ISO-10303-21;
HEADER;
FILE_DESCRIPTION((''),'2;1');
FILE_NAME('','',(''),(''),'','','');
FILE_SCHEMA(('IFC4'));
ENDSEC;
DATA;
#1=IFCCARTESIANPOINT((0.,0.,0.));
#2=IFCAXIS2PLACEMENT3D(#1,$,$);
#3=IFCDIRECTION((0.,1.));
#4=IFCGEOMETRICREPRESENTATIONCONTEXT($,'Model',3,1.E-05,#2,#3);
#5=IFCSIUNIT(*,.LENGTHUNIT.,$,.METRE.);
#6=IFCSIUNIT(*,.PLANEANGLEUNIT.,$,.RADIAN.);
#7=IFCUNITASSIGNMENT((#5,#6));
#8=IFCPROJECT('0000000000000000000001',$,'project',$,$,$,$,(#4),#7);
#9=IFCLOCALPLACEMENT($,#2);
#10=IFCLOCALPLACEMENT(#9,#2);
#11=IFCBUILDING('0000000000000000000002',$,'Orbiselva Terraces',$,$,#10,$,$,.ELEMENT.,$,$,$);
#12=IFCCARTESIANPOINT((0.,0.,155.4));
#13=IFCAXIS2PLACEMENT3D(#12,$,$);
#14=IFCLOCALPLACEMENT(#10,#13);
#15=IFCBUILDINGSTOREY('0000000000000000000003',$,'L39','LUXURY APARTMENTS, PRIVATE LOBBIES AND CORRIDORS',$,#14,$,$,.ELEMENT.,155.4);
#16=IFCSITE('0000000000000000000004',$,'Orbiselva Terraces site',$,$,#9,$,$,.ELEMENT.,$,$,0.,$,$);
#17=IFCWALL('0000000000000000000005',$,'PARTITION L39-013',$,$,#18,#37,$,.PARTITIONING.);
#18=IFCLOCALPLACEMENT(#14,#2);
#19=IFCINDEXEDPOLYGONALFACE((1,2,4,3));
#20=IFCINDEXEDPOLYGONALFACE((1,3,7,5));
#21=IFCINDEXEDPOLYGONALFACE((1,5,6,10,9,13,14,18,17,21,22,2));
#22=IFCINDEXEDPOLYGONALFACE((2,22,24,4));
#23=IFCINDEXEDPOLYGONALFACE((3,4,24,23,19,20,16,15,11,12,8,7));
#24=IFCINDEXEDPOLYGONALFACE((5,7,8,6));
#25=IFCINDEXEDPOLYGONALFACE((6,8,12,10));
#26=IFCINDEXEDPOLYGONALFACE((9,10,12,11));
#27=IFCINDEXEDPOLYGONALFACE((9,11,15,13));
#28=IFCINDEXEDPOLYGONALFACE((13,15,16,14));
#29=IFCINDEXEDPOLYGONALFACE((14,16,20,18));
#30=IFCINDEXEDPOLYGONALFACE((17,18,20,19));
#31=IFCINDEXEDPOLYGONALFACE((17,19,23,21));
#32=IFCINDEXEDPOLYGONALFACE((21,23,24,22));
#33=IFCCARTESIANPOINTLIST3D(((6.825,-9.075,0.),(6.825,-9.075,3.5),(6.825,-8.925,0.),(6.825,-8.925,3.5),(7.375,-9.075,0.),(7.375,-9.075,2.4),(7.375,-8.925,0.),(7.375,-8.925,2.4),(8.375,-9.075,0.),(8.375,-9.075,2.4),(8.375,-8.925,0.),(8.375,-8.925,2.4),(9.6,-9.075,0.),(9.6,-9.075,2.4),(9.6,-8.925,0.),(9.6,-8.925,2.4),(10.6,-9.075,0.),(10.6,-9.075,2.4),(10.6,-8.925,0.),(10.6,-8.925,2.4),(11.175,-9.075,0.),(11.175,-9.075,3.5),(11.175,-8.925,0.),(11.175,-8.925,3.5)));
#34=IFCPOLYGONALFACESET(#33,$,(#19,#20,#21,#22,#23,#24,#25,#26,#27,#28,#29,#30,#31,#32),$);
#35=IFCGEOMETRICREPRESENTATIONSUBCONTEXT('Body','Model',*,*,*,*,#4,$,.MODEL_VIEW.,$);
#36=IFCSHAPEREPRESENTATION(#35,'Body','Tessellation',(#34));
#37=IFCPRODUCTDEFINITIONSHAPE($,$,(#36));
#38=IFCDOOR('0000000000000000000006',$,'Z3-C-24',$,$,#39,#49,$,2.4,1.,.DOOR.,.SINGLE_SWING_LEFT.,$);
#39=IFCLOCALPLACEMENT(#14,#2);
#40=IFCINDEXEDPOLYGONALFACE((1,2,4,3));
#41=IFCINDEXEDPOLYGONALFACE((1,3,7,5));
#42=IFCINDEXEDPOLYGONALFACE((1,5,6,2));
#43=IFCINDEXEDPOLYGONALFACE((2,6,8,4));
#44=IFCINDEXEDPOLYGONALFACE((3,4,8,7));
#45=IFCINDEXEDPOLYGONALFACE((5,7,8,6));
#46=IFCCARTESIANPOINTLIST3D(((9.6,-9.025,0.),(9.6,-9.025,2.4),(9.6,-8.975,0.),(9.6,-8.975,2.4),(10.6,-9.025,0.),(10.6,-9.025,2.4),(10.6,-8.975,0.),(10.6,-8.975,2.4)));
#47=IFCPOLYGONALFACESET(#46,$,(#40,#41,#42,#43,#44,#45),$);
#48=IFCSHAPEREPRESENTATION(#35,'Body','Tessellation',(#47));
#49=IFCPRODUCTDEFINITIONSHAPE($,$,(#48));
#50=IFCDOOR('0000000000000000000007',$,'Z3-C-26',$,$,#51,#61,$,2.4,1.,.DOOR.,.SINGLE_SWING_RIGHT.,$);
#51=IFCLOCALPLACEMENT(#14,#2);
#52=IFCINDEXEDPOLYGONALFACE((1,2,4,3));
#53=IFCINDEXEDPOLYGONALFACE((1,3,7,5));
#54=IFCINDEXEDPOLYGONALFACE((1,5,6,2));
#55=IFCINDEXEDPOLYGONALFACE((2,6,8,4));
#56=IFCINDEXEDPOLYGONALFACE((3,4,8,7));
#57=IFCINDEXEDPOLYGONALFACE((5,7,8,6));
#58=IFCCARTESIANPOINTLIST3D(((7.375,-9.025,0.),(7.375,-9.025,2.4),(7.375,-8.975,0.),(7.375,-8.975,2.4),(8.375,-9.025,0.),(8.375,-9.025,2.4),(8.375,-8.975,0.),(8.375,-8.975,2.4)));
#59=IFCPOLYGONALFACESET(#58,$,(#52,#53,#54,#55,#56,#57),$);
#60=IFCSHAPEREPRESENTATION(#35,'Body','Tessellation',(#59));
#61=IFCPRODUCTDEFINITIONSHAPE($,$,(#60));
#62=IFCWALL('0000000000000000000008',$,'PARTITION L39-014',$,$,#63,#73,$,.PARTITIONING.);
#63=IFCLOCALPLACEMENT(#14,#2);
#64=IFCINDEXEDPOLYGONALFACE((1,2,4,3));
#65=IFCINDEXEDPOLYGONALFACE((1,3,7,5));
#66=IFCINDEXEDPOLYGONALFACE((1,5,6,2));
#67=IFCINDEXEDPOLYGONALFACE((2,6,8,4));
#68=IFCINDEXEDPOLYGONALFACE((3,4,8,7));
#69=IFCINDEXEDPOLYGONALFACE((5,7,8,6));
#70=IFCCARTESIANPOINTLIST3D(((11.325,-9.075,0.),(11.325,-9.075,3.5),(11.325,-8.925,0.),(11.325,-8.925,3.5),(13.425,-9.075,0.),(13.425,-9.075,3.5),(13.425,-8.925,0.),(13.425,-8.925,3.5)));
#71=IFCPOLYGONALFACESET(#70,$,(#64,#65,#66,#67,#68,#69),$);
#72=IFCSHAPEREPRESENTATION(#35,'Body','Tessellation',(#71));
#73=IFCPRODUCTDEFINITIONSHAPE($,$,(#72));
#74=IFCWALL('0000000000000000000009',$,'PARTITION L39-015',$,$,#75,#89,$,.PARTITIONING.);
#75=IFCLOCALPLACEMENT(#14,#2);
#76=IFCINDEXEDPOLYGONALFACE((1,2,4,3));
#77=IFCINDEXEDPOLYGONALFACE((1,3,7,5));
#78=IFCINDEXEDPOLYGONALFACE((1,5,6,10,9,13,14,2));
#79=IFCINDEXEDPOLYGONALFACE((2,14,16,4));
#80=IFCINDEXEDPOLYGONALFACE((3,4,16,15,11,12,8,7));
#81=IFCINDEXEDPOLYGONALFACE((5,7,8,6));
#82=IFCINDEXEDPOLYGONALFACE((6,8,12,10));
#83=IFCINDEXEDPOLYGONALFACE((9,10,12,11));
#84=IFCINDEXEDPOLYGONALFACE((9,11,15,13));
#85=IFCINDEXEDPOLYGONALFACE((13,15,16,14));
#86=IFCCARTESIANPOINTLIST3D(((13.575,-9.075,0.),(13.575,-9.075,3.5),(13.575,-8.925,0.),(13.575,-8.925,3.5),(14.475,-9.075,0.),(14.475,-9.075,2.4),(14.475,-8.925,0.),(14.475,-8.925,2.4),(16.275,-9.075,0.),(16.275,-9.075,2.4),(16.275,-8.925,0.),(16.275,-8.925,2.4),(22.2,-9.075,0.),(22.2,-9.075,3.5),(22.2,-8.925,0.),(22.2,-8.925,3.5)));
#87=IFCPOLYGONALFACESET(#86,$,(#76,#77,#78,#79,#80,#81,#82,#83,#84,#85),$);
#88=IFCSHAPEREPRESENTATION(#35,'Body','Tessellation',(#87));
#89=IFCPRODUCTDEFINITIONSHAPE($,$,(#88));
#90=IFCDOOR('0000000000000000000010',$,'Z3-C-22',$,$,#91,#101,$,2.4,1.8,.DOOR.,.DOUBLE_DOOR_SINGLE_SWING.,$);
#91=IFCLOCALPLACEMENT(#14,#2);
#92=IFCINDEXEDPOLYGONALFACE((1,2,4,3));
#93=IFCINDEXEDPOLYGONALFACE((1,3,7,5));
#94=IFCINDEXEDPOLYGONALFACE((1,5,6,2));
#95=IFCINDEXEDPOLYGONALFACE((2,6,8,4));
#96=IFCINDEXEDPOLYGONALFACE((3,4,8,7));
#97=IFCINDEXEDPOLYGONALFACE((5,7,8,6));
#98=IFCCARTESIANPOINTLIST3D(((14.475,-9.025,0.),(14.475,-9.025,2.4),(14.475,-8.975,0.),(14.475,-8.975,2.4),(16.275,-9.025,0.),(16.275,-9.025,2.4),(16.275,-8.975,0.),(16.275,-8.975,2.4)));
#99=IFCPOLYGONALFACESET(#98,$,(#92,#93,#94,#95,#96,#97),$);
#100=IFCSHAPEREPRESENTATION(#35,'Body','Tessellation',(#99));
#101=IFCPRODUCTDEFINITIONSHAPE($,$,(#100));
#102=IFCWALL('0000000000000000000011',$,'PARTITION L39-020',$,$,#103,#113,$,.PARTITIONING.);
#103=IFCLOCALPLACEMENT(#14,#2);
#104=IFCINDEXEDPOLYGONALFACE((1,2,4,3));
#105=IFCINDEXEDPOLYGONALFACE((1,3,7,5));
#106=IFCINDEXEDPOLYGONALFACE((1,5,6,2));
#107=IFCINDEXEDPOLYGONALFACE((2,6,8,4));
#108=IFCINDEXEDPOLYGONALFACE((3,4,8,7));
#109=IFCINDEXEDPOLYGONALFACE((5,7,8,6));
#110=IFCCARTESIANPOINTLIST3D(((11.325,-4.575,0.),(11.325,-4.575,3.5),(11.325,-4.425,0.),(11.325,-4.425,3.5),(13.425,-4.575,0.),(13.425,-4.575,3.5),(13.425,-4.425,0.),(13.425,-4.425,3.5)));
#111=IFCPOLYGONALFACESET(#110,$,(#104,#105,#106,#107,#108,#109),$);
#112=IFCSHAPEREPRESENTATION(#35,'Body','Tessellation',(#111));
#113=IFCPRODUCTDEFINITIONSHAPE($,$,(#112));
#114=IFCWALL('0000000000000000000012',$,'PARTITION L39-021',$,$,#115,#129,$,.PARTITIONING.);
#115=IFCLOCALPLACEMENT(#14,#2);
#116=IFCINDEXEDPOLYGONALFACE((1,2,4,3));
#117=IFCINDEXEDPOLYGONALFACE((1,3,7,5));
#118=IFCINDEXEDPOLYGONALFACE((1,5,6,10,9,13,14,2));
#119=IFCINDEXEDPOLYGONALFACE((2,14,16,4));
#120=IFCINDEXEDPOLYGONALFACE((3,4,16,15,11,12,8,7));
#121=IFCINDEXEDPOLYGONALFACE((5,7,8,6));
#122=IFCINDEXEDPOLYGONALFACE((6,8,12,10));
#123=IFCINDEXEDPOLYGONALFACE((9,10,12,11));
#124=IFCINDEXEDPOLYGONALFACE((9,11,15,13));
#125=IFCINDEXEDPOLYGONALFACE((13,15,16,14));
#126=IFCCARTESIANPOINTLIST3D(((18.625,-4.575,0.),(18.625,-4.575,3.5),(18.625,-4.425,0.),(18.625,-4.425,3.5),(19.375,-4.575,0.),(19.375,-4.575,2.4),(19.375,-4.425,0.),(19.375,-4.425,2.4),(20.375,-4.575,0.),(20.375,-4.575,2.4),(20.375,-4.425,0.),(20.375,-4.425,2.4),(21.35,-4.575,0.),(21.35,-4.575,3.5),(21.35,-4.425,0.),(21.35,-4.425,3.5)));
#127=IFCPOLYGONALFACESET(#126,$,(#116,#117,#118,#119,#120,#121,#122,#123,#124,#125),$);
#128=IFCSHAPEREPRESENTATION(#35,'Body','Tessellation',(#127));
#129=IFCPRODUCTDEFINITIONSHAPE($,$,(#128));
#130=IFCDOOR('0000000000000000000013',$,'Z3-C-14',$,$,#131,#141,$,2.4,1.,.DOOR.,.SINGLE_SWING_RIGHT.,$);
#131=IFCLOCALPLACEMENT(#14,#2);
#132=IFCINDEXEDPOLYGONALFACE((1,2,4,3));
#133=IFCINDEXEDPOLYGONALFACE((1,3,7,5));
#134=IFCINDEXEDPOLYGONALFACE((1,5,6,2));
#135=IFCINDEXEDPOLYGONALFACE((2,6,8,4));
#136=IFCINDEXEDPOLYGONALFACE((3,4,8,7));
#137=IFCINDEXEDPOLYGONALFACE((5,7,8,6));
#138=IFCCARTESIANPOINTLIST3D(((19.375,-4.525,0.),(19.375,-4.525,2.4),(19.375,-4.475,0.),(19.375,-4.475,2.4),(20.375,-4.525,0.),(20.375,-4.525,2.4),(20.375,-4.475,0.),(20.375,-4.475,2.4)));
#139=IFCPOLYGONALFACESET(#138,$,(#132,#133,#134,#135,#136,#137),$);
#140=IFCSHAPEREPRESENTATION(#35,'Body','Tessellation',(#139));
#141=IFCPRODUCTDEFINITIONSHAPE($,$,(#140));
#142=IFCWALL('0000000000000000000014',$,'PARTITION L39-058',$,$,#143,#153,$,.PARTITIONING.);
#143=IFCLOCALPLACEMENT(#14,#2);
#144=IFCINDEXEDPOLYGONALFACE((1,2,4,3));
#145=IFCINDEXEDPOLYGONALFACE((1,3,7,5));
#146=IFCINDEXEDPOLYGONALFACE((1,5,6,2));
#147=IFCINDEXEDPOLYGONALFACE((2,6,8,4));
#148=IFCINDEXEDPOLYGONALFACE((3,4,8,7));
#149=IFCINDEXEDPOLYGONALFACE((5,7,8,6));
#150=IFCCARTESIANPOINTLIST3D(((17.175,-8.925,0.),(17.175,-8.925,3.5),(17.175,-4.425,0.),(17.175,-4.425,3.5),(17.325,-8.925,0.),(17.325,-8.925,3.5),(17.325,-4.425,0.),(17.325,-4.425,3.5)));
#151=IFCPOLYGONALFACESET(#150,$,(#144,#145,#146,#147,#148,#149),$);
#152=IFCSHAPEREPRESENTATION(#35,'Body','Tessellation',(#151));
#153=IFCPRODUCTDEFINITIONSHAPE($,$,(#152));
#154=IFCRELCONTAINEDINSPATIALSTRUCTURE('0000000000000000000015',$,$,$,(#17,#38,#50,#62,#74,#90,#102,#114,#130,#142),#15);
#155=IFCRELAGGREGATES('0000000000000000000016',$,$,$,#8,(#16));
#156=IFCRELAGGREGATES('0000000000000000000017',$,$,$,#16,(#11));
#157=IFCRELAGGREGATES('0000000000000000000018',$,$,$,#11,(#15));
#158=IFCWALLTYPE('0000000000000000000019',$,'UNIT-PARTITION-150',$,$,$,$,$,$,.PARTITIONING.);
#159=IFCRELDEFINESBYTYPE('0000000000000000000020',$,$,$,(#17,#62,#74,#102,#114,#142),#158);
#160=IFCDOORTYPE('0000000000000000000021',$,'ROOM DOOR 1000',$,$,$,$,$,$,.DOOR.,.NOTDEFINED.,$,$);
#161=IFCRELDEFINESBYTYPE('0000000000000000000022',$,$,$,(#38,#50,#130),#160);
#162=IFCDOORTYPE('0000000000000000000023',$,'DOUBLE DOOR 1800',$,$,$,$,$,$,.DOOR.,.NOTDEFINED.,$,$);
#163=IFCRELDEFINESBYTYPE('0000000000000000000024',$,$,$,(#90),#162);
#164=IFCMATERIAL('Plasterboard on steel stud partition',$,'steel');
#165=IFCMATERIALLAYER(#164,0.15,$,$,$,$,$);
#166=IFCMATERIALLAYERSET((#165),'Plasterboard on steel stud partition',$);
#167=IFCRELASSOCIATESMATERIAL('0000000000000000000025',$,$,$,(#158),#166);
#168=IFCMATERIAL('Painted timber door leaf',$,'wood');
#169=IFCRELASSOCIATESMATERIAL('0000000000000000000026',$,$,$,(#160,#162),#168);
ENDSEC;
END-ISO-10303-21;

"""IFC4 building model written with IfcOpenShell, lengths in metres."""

from ifc_helpers import new_model, si_unit, direction, frame, frame_2d, origin, place, context, subcontext, project, spatial, rectangle, extrude, material, layer, layer_set, type_object, element, fill, save


model = new_model("IFC4")

# Units and contexts
model_context = context("Model", 3, precision=1e-05, world=origin(), true_north=direction((0.0, 1.0)))
body_context = subcontext(model_context, "Body", "Model", "MODEL_VIEW")
ifc_project = project(units=[si_unit("LENGTHUNIT", "METRE"), si_unit("PLANEANGLEUNIT", "RADIAN")], contexts=[model_context])

# Site, building, storey
site_placement = place(None, origin())
site = spatial("IfcSite", under=ifc_project, at=site_placement, Name="Orbiselva Terraces site", CompositionType="ELEMENT", RefElevation=0.0)
building_placement = place(site_placement, origin())
building = spatial("IfcBuilding", under=site, at=building_placement, Name="Orbiselva Terraces", CompositionType="ELEMENT")
storey_placement = place(building_placement, frame((0.0, 0.0, 155.4)))
storey = spatial("IfcBuildingStorey", under=building, at=storey_placement, Name="L39", Description="LUXURY APARTMENTS, PRIVATE LOBBIES AND CORRIDORS", CompositionType="ELEMENT", Elevation=155.4)

# Shared definitions
ifc_material_1 = material(Name="Plasterboard on steel stud partition", Category="steel")
ifc_material_2 = material(Name="Painted timber door leaf", Category="wood")

# Shared definitions
ifc_layer_1 = layer(ifc_material_1, 0.15)
ifc_layer_set_1 = layer_set([ifc_layer_1], Name="Plasterboard on steel stud partition")
wall_type_1 = type_object("IfcWallType", Name="UNIT-PARTITION-150", PredefinedType="PARTITIONING", material=ifc_layer_set_1)

# Wall, openings, doors
wall_1_placement = place(storey_placement, frame((11.175, -9.0, 0.0), z_axis=(0.0, 0.0, 1.0), x_axis=(-1.0, 0.0, 0.0)))
wall_1 = element("IfcWall", 1, at=wall_1_placement, inside=storey, type_object=wall_type_1, Name="PARTITION L39-013", PredefinedType="PARTITIONING", context=body_context, shape_type="SweptSolid", body=[
    extrude(rectangle(XDim=4.35, YDim=0.15, at=frame_2d((2.175, 0.0))), origin(), (0.0, 0.0, 1.0), 3.5),
])
opening_1_placement = place(wall_1_placement, frame((0.575, 0.0, 0.0)))
opening_1 = element("IfcOpeningElement", 2, at=opening_1_placement, cuts=wall_1, PredefinedType="OPENING", context=body_context, shape_type="SweptSolid", body=[
    extrude(rectangle(XDim=1.0, YDim=2.4, at=frame_2d((0.5, 1.2))), frame((0.0, 0.085, 0.0), z_axis=(0.0, -1.0, 0.0), x_axis=(1.0, 0.0, 0.0)), (0.0, 0.0, 1.0), 0.17),
])
opening_2_placement = place(wall_1_placement, frame((2.8, 0.0, 0.0)))
opening_2 = element("IfcOpeningElement", 3, at=opening_2_placement, cuts=wall_1, PredefinedType="OPENING", context=body_context, shape_type="SweptSolid", body=[
    extrude(rectangle(XDim=1.0, YDim=2.4, at=frame_2d((0.5, 1.2))), frame((0.0, 0.085, 0.0), z_axis=(0.0, -1.0, 0.0), x_axis=(1.0, 0.0, 0.0)), (0.0, 0.0, 1.0), 0.17),
])
door_type_1 = type_object("IfcDoorType", Name="ROOM DOOR 1000", OperationType="NOTDEFINED", PredefinedType="DOOR", material=ifc_material_2)
door_1_placement = place(opening_1_placement, origin())
door_1 = element("IfcDoor", 4, at=door_1_placement, inside=storey, type_object=door_type_1, Name="Z3-C-24", OperationType="SINGLE_SWING_LEFT", OverallHeight=2.4, OverallWidth=1.0, PredefinedType="DOOR", context=body_context, shape_type="SweptSolid", body=[
    extrude(rectangle(XDim=1.0, YDim=2.4, at=frame_2d((0.5, 1.2))), frame((0.0, 0.025, 0.0), z_axis=(0.0, -1.0, 0.0), x_axis=(1.0, 0.0, 0.0)), (0.0, 0.0, 1.0), 0.05),
])
fill(opening_1, door_1)
door_2_placement = place(opening_2_placement, origin())
door_2 = element("IfcDoor", 5, at=door_2_placement, inside=storey, type_object=door_type_1, Name="Z3-C-26", OperationType="SINGLE_SWING_RIGHT", OverallHeight=2.4, OverallWidth=1.0, PredefinedType="DOOR", context=body_context, shape_type="SweptSolid", body=[
    extrude(rectangle(XDim=1.0, YDim=2.4, at=frame_2d((0.5, 1.2))), frame((0.0, 0.025, 0.0), z_axis=(0.0, -1.0, 0.0), x_axis=(1.0, 0.0, 0.0)), (0.0, 0.0, 1.0), 0.05),
])
fill(opening_2, door_2)

# Wall
wall_2_placement = place(storey_placement, frame((11.325, -9.0, 0.0), z_axis=(0.0, 0.0, 1.0), x_axis=(1.0, 0.0, 0.0)))
element("IfcWall", 6, at=wall_2_placement, inside=storey, type_object=wall_type_1, Name="PARTITION L39-014", PredefinedType="PARTITIONING", context=body_context, shape_type="SweptSolid", body=[
    extrude(rectangle(XDim=2.1, YDim=0.15, at=frame_2d((1.05, 0.0))), origin(), (0.0, 0.0, 1.0), 3.5),
])

# Wall, opening, door
wall_3_placement = place(storey_placement, frame((22.2, -9.0, 0.0), z_axis=(0.0, 0.0, 1.0), x_axis=(-1.0, 0.0, 0.0)))
wall_3 = element("IfcWall", 7, at=wall_3_placement, inside=storey, type_object=wall_type_1, Name="PARTITION L39-015", PredefinedType="PARTITIONING", context=body_context, shape_type="SweptSolid", body=[
    extrude(rectangle(XDim=8.625, YDim=0.15, at=frame_2d((4.3125, 0.0))), origin(), (0.0, 0.0, 1.0), 3.5),
])
opening_3_placement = place(wall_3_placement, frame((5.925, 0.0, 0.0)))
opening_3 = element("IfcOpeningElement", 8, at=opening_3_placement, cuts=wall_3, PredefinedType="OPENING", context=body_context, shape_type="SweptSolid", body=[
    extrude(rectangle(XDim=1.8, YDim=2.4, at=frame_2d((0.9, 1.2))), frame((0.0, 0.085, 0.0), z_axis=(0.0, -1.0, 0.0), x_axis=(1.0, 0.0, 0.0)), (0.0, 0.0, 1.0), 0.17),
])
door_type_2 = type_object("IfcDoorType", Name="DOUBLE DOOR 1800", OperationType="NOTDEFINED", PredefinedType="DOOR", material=ifc_material_2)
door_3_placement = place(opening_3_placement, origin())
door_3 = element("IfcDoor", 9, at=door_3_placement, inside=storey, type_object=door_type_2, Name="Z3-C-22", OperationType="DOUBLE_DOOR_SINGLE_SWING", OverallHeight=2.4, OverallWidth=1.8, PredefinedType="DOOR", context=body_context, shape_type="SweptSolid", body=[
    extrude(rectangle(XDim=1.8, YDim=2.4, at=frame_2d((0.9, 1.2))), frame((0.0, 0.025, 0.0), z_axis=(0.0, -1.0, 0.0), x_axis=(1.0, 0.0, 0.0)), (0.0, 0.0, 1.0), 0.05),
])
fill(opening_3, door_3)

# Wall
wall_4_placement = place(storey_placement, frame((11.325, -4.5, 0.0), z_axis=(0.0, 0.0, 1.0), x_axis=(1.0, 0.0, 0.0)))
element("IfcWall", 10, at=wall_4_placement, inside=storey, type_object=wall_type_1, Name="PARTITION L39-020", PredefinedType="PARTITIONING", context=body_context, shape_type="SweptSolid", body=[
    extrude(rectangle(XDim=2.1, YDim=0.15, at=frame_2d((1.05, 0.0))), origin(), (0.0, 0.0, 1.0), 3.5),
])

# Wall, opening, door
wall_5_placement = place(storey_placement, frame((21.35, -4.5, 0.0), z_axis=(0.0, 0.0, 1.0), x_axis=(-1.0, 0.0, 0.0)))
wall_5 = element("IfcWall", 11, at=wall_5_placement, inside=storey, type_object=wall_type_1, Name="PARTITION L39-021", PredefinedType="PARTITIONING", context=body_context, shape_type="SweptSolid", body=[
    extrude(rectangle(XDim=2.725, YDim=0.15, at=frame_2d((1.3625, 0.0))), origin(), (0.0, 0.0, 1.0), 3.5),
])
opening_4_placement = place(wall_5_placement, frame((0.975, 0.0, 0.0)))
opening_4 = element("IfcOpeningElement", 12, at=opening_4_placement, cuts=wall_5, PredefinedType="OPENING", context=body_context, shape_type="SweptSolid", body=[
    extrude(rectangle(XDim=1.0, YDim=2.4, at=frame_2d((0.5, 1.2))), frame((0.0, 0.085, 0.0), z_axis=(0.0, -1.0, 0.0), x_axis=(1.0, 0.0, 0.0)), (0.0, 0.0, 1.0), 0.17),
])
door_4_placement = place(opening_4_placement, origin())
door_4 = element("IfcDoor", 13, at=door_4_placement, inside=storey, type_object=door_type_1, Name="Z3-C-14", OperationType="SINGLE_SWING_RIGHT", OverallHeight=2.4, OverallWidth=1.0, PredefinedType="DOOR", context=body_context, shape_type="SweptSolid", body=[
    extrude(rectangle(XDim=1.0, YDim=2.4, at=frame_2d((0.5, 1.2))), frame((0.0, 0.025, 0.0), z_axis=(0.0, -1.0, 0.0), x_axis=(1.0, 0.0, 0.0)), (0.0, 0.0, 1.0), 0.05),
])
fill(opening_4, door_4)

# Wall
wall_6_placement = place(storey_placement, frame((17.25, -8.925, 0.0), z_axis=(0.0, 0.0, 1.0), x_axis=(0.0, 1.0, 0.0)))
element("IfcWall", 14, at=wall_6_placement, inside=storey, type_object=wall_type_1, Name="PARTITION L39-058", PredefinedType="PARTITIONING", context=body_context, shape_type="SweptSolid", body=[
    extrude(rectangle(XDim=4.5, YDim=0.15, at=frame_2d((2.25, 0.0))), origin(), (0.0, 0.0, 1.0), 3.5),
])

save(model, "model.ifc")
